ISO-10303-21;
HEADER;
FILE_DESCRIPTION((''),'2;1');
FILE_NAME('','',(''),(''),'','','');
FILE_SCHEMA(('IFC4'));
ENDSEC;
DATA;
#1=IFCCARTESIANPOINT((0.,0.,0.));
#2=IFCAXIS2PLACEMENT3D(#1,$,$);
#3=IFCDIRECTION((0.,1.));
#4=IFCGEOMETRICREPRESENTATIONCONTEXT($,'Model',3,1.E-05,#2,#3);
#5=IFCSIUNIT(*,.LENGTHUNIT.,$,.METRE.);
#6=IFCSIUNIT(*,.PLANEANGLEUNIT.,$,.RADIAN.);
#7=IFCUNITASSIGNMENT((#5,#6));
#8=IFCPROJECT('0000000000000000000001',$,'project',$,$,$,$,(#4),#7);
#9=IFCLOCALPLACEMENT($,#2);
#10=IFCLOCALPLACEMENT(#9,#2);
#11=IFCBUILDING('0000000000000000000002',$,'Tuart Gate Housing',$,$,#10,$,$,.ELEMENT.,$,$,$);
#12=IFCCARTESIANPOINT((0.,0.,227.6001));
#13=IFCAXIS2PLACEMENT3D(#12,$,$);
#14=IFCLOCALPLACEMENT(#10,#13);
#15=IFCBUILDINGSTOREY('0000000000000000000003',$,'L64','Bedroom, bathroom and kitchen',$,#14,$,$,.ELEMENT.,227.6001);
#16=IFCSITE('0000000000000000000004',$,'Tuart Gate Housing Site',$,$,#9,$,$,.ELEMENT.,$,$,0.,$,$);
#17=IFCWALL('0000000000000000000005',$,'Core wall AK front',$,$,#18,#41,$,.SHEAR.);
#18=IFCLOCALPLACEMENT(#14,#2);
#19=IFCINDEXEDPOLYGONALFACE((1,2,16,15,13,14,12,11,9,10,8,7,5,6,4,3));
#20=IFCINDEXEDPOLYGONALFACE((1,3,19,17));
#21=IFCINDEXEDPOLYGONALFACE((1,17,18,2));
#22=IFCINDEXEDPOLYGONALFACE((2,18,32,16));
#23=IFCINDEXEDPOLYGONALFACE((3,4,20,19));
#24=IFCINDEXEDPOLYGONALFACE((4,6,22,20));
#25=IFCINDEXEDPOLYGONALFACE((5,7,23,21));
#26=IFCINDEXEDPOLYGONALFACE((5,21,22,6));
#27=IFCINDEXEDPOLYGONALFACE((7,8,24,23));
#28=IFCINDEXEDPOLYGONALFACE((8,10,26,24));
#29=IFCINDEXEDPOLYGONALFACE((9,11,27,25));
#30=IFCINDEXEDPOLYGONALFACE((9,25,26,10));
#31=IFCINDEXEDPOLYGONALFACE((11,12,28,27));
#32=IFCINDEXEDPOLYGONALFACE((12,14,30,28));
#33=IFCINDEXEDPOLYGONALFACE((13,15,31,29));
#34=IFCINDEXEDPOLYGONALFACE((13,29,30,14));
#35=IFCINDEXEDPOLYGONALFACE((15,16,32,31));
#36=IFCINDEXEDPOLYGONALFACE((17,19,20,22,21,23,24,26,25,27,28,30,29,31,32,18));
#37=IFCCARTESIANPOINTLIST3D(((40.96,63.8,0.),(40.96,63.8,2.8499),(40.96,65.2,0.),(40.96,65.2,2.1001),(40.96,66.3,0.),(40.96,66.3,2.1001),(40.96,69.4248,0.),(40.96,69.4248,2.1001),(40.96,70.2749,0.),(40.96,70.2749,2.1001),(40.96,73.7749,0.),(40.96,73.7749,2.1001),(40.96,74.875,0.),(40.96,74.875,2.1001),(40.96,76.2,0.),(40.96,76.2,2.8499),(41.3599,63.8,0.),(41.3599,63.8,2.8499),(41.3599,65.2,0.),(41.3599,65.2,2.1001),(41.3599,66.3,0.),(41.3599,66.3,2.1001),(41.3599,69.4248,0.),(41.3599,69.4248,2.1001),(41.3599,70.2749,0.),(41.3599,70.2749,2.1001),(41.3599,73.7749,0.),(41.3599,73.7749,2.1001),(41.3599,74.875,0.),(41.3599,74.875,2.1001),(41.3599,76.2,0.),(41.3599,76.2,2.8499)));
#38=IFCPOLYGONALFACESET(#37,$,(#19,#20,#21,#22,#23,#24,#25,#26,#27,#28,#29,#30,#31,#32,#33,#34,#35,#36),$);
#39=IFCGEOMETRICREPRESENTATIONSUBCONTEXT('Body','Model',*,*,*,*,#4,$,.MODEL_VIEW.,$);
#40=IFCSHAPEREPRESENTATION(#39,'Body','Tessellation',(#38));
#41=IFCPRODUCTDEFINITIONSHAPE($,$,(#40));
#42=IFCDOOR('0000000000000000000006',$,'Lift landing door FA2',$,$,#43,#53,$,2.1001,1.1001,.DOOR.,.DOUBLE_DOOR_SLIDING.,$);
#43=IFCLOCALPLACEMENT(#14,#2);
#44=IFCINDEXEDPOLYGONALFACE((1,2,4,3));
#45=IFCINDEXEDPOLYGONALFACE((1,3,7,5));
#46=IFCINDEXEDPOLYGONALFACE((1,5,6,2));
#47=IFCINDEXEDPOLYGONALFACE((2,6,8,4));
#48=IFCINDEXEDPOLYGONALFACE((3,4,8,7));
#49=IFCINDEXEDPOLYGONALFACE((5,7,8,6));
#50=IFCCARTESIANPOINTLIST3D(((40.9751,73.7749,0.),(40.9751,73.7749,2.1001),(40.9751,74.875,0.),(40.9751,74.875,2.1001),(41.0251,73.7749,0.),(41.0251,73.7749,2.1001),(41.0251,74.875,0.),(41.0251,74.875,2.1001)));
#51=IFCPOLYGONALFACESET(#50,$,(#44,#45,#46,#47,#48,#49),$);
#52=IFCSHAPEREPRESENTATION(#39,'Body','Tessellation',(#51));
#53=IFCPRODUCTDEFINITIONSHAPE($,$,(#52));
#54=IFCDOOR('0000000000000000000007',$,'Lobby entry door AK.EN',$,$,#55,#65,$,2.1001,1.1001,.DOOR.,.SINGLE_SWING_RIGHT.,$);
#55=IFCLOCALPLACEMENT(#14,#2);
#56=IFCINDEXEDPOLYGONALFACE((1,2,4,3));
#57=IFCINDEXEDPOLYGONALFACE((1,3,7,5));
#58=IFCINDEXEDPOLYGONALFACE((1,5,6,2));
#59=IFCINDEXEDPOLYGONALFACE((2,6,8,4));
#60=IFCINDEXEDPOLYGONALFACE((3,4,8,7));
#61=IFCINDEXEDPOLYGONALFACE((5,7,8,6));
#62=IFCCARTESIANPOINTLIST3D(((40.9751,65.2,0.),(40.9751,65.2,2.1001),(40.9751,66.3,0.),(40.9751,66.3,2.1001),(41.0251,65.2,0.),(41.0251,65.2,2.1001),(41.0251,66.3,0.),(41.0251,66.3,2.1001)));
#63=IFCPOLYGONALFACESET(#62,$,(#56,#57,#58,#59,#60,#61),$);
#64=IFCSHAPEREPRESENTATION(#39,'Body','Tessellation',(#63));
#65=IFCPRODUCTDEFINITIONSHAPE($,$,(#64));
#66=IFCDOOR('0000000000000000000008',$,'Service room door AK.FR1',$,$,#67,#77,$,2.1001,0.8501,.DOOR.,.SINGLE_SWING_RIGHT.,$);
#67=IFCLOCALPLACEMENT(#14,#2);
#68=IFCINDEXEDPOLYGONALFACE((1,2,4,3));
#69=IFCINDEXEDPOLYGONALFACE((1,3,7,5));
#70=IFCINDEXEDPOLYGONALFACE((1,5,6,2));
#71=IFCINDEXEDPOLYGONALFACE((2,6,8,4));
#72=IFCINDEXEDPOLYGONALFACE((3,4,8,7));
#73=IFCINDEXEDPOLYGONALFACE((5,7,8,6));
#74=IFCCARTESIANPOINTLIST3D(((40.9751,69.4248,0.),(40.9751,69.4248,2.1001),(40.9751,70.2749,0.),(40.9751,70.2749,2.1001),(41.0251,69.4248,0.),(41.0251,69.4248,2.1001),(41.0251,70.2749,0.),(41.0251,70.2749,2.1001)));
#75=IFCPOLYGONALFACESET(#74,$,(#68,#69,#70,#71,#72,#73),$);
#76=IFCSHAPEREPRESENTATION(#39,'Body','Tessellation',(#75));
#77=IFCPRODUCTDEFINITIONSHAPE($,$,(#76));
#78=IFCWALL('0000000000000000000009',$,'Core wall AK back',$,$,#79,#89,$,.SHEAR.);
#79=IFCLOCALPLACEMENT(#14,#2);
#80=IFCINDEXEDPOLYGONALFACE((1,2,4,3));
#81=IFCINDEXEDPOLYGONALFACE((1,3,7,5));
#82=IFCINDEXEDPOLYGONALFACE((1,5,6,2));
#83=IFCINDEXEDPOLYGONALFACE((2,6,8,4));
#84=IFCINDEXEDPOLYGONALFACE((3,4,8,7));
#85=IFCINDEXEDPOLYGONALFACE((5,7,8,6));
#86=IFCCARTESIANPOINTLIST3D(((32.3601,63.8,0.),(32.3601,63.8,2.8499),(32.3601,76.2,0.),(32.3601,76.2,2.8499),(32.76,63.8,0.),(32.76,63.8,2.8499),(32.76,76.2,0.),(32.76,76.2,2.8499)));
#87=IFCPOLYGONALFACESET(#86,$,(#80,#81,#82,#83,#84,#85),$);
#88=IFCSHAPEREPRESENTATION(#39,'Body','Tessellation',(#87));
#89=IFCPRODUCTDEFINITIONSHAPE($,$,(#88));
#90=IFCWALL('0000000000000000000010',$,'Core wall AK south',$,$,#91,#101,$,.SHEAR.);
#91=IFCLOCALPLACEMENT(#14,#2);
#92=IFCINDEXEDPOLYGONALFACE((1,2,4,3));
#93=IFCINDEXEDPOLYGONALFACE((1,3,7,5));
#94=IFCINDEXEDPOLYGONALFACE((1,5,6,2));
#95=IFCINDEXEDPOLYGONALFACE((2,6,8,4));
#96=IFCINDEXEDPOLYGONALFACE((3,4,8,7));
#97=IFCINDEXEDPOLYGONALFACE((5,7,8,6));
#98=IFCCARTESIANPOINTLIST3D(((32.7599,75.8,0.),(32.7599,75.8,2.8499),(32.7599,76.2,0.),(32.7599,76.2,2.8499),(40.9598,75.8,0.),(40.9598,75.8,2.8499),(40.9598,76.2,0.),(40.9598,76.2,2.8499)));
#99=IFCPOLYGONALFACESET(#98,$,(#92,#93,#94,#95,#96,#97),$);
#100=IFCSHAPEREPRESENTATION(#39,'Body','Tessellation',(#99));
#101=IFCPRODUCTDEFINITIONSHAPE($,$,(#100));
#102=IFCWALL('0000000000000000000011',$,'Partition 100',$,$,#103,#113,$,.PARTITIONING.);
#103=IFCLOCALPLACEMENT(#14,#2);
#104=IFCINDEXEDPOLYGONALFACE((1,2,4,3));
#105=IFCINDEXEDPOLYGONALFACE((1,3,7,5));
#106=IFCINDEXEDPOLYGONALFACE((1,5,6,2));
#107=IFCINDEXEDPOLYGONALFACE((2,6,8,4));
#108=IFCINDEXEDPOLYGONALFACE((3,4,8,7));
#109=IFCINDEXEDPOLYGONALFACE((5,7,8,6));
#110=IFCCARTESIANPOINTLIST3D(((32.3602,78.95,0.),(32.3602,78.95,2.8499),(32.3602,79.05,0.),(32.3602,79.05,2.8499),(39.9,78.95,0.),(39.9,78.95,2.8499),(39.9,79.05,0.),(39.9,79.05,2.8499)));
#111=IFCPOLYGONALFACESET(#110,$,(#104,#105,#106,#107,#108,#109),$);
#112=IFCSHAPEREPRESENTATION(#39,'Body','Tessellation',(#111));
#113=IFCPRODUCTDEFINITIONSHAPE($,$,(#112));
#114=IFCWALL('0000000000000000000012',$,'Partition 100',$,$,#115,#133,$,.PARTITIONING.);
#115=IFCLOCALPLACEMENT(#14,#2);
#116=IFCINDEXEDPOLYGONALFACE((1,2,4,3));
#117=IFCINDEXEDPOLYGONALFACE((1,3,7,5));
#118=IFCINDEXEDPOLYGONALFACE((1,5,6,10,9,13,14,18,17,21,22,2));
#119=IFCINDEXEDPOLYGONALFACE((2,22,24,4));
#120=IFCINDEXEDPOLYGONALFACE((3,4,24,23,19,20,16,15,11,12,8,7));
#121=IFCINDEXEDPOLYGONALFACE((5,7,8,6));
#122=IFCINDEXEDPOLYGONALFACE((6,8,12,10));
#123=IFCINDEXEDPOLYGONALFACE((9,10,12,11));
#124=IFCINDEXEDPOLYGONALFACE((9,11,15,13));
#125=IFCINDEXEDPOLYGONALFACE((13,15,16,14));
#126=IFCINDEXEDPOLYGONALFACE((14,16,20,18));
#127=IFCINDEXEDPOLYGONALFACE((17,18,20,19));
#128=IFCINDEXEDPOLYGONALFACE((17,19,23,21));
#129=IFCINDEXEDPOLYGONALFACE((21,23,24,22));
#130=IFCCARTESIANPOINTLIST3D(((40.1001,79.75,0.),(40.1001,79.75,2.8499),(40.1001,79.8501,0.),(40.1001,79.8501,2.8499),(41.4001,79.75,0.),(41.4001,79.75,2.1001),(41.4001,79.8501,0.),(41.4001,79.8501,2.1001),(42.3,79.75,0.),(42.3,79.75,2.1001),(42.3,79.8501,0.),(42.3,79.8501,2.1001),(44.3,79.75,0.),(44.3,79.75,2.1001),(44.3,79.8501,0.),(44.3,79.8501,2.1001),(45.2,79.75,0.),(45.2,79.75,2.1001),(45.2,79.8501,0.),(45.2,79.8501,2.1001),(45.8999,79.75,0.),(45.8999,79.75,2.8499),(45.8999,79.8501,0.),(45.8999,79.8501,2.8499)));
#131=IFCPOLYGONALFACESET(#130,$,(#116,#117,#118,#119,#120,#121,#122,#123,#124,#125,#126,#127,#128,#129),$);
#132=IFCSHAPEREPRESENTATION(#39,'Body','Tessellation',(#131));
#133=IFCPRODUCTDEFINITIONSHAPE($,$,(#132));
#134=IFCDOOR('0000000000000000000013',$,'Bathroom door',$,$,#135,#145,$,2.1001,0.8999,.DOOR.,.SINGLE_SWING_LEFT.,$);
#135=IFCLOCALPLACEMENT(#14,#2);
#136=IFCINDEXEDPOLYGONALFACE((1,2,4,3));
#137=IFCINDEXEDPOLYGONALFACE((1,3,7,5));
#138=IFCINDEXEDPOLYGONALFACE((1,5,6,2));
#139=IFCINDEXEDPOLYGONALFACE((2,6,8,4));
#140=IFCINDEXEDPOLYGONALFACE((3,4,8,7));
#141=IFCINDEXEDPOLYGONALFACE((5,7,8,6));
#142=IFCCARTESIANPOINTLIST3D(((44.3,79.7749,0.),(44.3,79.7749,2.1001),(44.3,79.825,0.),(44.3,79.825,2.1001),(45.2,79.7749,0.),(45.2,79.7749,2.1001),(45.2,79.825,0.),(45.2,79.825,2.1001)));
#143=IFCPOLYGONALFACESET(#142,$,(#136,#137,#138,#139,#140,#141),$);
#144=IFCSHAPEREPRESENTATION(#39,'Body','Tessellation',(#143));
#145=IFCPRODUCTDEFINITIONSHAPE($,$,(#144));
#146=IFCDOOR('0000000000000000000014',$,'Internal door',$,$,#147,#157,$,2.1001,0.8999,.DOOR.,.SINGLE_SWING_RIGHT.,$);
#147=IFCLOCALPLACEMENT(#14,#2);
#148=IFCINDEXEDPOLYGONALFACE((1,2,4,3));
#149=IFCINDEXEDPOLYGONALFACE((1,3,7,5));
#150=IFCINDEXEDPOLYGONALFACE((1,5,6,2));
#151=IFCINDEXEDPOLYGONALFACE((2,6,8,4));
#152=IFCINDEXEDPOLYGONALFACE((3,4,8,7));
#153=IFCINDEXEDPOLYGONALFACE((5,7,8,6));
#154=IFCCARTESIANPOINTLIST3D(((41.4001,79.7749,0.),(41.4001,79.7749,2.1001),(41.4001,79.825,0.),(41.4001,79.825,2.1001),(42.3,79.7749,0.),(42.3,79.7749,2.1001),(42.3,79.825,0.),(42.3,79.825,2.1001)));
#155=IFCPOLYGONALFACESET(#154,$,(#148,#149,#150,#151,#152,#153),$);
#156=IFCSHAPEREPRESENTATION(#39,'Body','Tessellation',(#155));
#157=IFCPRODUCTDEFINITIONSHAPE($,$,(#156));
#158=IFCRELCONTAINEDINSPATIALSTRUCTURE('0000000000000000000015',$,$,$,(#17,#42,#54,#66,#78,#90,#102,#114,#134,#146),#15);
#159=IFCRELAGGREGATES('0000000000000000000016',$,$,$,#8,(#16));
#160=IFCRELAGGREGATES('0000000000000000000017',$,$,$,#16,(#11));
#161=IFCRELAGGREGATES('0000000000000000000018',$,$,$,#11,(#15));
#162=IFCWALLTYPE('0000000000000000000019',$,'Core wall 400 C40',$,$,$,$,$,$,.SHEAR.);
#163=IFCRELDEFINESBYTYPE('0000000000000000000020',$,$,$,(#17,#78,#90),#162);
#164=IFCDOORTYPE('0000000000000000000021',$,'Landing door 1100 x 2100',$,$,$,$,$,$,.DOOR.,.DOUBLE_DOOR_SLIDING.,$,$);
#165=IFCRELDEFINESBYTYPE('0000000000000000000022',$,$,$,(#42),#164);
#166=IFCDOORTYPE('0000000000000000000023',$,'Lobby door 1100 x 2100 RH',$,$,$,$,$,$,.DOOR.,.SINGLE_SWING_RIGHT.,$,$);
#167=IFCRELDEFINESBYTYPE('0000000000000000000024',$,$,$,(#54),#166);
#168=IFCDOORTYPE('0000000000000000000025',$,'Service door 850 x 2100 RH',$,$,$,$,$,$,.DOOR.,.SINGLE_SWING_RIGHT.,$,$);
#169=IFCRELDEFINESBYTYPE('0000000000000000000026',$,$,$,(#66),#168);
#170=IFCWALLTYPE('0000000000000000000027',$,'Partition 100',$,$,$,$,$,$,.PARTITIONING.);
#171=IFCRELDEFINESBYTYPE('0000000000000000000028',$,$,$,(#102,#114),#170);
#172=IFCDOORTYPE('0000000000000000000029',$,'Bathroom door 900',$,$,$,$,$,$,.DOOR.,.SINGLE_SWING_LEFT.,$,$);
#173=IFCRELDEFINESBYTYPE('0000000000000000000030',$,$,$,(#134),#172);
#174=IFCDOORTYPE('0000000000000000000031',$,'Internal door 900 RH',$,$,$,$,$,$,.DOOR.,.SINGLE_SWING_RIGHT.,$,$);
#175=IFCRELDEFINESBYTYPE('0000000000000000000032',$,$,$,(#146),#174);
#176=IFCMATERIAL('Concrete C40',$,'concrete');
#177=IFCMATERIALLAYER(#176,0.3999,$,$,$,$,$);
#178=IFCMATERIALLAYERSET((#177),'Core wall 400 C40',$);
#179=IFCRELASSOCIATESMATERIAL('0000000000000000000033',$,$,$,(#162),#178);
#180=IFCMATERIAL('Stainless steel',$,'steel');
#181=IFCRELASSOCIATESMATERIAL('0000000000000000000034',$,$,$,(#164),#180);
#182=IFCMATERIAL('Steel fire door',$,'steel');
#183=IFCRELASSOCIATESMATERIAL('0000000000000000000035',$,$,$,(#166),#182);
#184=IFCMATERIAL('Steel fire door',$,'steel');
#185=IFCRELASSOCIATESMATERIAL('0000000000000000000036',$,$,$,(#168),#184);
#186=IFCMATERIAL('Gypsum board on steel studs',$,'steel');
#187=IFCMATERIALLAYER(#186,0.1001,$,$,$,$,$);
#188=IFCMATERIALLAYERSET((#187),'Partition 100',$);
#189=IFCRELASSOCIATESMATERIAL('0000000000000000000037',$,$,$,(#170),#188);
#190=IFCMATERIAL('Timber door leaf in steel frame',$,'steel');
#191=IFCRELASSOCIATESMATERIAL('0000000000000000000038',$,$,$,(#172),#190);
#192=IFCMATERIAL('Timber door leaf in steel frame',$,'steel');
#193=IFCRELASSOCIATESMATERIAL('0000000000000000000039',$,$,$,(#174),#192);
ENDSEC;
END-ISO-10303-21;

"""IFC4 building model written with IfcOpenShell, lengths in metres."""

from ifc_helpers import new_model, si_unit, direction, frame, frame_2d, origin, place, context, subcontext, project, spatial, rectangle, extrude, material, layer, layer_set, type_object, element, fill, save


model = new_model("IFC4")

# Units and contexts
model_context = context("Model", 3, precision=1e-05, world=origin(), true_north=direction((0.0, 1.0)))
body_context = subcontext(model_context, "Body", "Model", "MODEL_VIEW")
ifc_project = project(units=[si_unit("LENGTHUNIT", "METRE"), si_unit("PLANEANGLEUNIT", "RADIAN")], contexts=[model_context])

# Site, building, storey
site_placement = place(None, origin())
site = spatial("IfcSite", under=ifc_project, at=site_placement, Name="Tuart Gate Housing Site", CompositionType="ELEMENT", RefElevation=0.0)
building_placement = place(site_placement, origin())
building = spatial("IfcBuilding", under=site, at=building_placement, Name="Tuart Gate Housing", CompositionType="ELEMENT")
storey_placement = place(building_placement, frame((0.0, 0.0, 227.6001)))
storey = spatial("IfcBuildingStorey", under=building, at=storey_placement, Name="L64", Description="Bedroom, bathroom and kitchen", CompositionType="ELEMENT", Elevation=227.6001)

# Wall, openings, doors
ifc_material_1 = material(Name="Concrete C40", Category="concrete")
ifc_layer_1 = layer(ifc_material_1, 0.3999)
ifc_layer_set_1 = layer_set([ifc_layer_1], Name="Core wall 400 C40")
wall_type_1 = type_object("IfcWallType", Name="Core wall 400 C40", PredefinedType="SHEAR", material=ifc_layer_set_1)
wall_1_placement = place(storey_placement, frame((41.1599, 76.2, 0.0), z_axis=(0.0, 0.0, 1.0), x_axis=(0.0, -1.0, 0.0)))
wall_1 = element("IfcWall", 1, at=wall_1_placement, inside=storey, type_object=wall_type_1, Name="Core wall AK front", PredefinedType="SHEAR", context=body_context, shape_type="SweptSolid", body=[
    extrude(rectangle(XDim=12.3999, YDim=0.3999, at=frame_2d((6.2, 0.0))), origin(), (0.0, 0.0, 1.0), 2.8499),
])
opening_1_placement = place(wall_1_placement, frame((1.325, 0.0, 0.0)))
opening_1 = element("IfcOpeningElement", 2, at=opening_1_placement, cuts=wall_1, PredefinedType="OPENING", context=body_context, shape_type="SweptSolid", body=[
    extrude(rectangle(XDim=1.1001, YDim=2.1001, at=frame_2d((0.55, 1.05))), frame((0.0, 0.21, 0.0), z_axis=(0.0, -1.0, 0.0), x_axis=(1.0, 0.0, 0.0)), (0.0, 0.0, 1.0), 0.4199),
])
opening_2_placement = place(wall_1_placement, frame((5.925, 0.0, 0.0)))
opening_2 = element("IfcOpeningElement", 3, at=opening_2_placement, cuts=wall_1, PredefinedType="OPENING", context=body_context, shape_type="SweptSolid", body=[
    extrude(rectangle(XDim=0.8501, YDim=2.1001, at=frame_2d((0.425, 1.05))), frame((0.0, 0.21, 0.0), z_axis=(0.0, -1.0, 0.0), x_axis=(1.0, 0.0, 0.0)), (0.0, 0.0, 1.0), 0.4199),
])
opening_3_placement = place(wall_1_placement, frame((9.8999, 0.0, 0.0)))
opening_3 = element("IfcOpeningElement", 4, at=opening_3_placement, cuts=wall_1, PredefinedType="OPENING", context=body_context, shape_type="SweptSolid", body=[
    extrude(rectangle(XDim=1.1001, YDim=2.1001, at=frame_2d((0.55, 1.05))), frame((0.0, 0.21, 0.0), z_axis=(0.0, -1.0, 0.0), x_axis=(1.0, 0.0, 0.0)), (0.0, 0.0, 1.0), 0.4199),
])
ifc_material_2 = material(Name="Stainless steel", Category="steel")
door_type_1 = type_object("IfcDoorType", Name="Landing door 1100 x 2100", OperationType="DOUBLE_DOOR_SLIDING", PredefinedType="DOOR", material=ifc_material_2)
door_1_placement = place(opening_1_placement, origin())
door_1 = element("IfcDoor", 5, at=door_1_placement, inside=storey, type_object=door_type_1, Name="Lift landing door FA2", OperationType="DOUBLE_DOOR_SLIDING", OverallHeight=2.1001, OverallWidth=1.1001, PredefinedType="DOOR", context=body_context, shape_type="SweptSolid", body=[
    extrude(rectangle(XDim=1.1001, YDim=2.1001, at=frame_2d((0.55, 1.05))), frame((0.0, -0.1348, 0.0), z_axis=(0.0, -1.0, 0.0), x_axis=(1.0, 0.0, 0.0)), (0.0, 0.0, 1.0), 0.05),
])
fill(opening_1, door_1)
ifc_material_3 = material(Name="Steel fire door", Category="steel")
door_type_2 = type_object("IfcDoorType", Name="Lobby door 1100 x 2100 RH", OperationType="SINGLE_SWING_RIGHT", PredefinedType="DOOR", material=ifc_material_3)
door_2_placement = place(opening_3_placement, frame((1.1001, 0.0, 0.0), z_axis=(0.0, 0.0, 1.0), x_axis=(-1.0, 0.0, 0.0)))
door_2 = element("IfcDoor", 6, at=door_2_placement, inside=storey, type_object=door_type_2, Name="Lobby entry door AK.EN", OperationType="SINGLE_SWING_RIGHT", OverallHeight=2.1001, OverallWidth=1.1001, PredefinedType="DOOR", context=body_context, shape_type="SweptSolid", body=[
    extrude(rectangle(XDim=1.1001, YDim=2.1001, at=frame_2d((0.55, 1.05))), frame((0.0, 0.1848, 0.0), z_axis=(0.0, -1.0, 0.0), x_axis=(1.0, 0.0, 0.0)), (0.0, 0.0, 1.0), 0.05),
])
fill(opening_3, door_2)
ifc_material_4 = material(Name="Steel fire door", Category="steel")
door_type_3 = type_object("IfcDoorType", Name="Service door 850 x 2100 RH", OperationType="SINGLE_SWING_RIGHT", PredefinedType="DOOR", material=ifc_material_4)
door_3_placement = place(opening_2_placement, frame((0.8501, 0.0, 0.0), z_axis=(0.0, 0.0, 1.0), x_axis=(-1.0, 0.0, 0.0)))
door_3 = element("IfcDoor", 7, at=door_3_placement, inside=storey, type_object=door_type_3, Name="Service room door AK.FR1", OperationType="SINGLE_SWING_RIGHT", OverallHeight=2.1001, OverallWidth=0.8501, PredefinedType="DOOR", context=body_context, shape_type="SweptSolid", body=[
    extrude(rectangle(XDim=0.8501, YDim=2.1001, at=frame_2d((0.425, 1.05))), frame((0.0, 0.1848, 0.0), z_axis=(0.0, -1.0, 0.0), x_axis=(1.0, 0.0, 0.0)), (0.0, 0.0, 1.0), 0.05),
])
fill(opening_2, door_3)

# Walls
wall_2_placement = place(storey_placement, frame((32.5601, 76.2, 0.0), z_axis=(0.0, 0.0, 1.0), x_axis=(0.0, -1.0, 0.0)))
element("IfcWall", 8, at=wall_2_placement, inside=storey, type_object=wall_type_1, Name="Core wall AK back", PredefinedType="SHEAR", context=body_context, shape_type="SweptSolid", body=[
    extrude(rectangle(XDim=12.3999, YDim=0.3999, at=frame_2d((6.2, 0.0))), origin(), (0.0, 0.0, 1.0), 2.8499),
])
wall_3_placement = place(storey_placement, frame((40.96, 76.0, 0.0), z_axis=(0.0, 0.0, 1.0), x_axis=(-1.0, 0.0, 0.0)))
element("IfcWall", 9, at=wall_3_placement, inside=storey, type_object=wall_type_1, Name="Core wall AK south", PredefinedType="SHEAR", context=body_context, shape_type="SweptSolid", body=[
    extrude(rectangle(XDim=8.2, YDim=0.3999, at=frame_2d((4.1001, 0.0))), origin(), (0.0, 0.0, 1.0), 2.8499),
])
ifc_material_5 = material(Name="Gypsum board on steel studs", Category="steel")
ifc_layer_2 = layer(ifc_material_5, 0.1001)
ifc_layer_set_2 = layer_set([ifc_layer_2], Name="Partition 100")
wall_type_2 = type_object("IfcWallType", Name="Partition 100", PredefinedType="PARTITIONING", material=ifc_layer_set_2)
wall_4_placement = place(storey_placement, frame((32.3601, 79.0, 0.0), z_axis=(0.0, 0.0, 1.0), x_axis=(1.0, 0.0, 0.0)))
element("IfcWall", 10, at=wall_4_placement, inside=storey, type_object=wall_type_2, Name="Partition 100", PredefinedType="PARTITIONING", context=body_context, shape_type="SweptSolid", body=[
    extrude(rectangle(XDim=7.5398, YDim=0.1001, at=frame_2d((3.77, 0.0))), origin(), (0.0, 0.0, 1.0), 2.8499),
])

# Wall, openings, doors
wall_5_placement = place(storey_placement, frame((40.1001, 79.8, 0.0), z_axis=(0.0, 0.0, 1.0), x_axis=(1.0, 0.0, 0.0)))
wall_5 = element("IfcWall", 11, at=wall_5_placement, inside=storey, type_object=wall_type_2, Name="Partition 100", PredefinedType="PARTITIONING", context=body_context, shape_type="SweptSolid", body=[
    extrude(rectangle(XDim=5.7998, YDim=0.1001, at=frame_2d((2.8999, 0.0))), origin(), (0.0, 0.0, 1.0), 2.8499),
])
opening_4_placement = place(wall_5_placement, frame((1.3, 0.0, 0.0)))
opening_4 = element("IfcOpeningElement", 12, at=opening_4_placement, cuts=wall_5, PredefinedType="OPENING", context=body_context, shape_type="SweptSolid", body=[
    extrude(rectangle(XDim=0.8999, YDim=2.1001, at=frame_2d((0.45, 1.05))), frame((0.0, 0.0601, 0.0), z_axis=(0.0, -1.0, 0.0), x_axis=(1.0, 0.0, 0.0)), (0.0, 0.0, 1.0), 0.1201),
])
opening_5_placement = place(wall_5_placement, frame((4.2, 0.0, 0.0)))
opening_5 = element("IfcOpeningElement", 13, at=opening_5_placement, cuts=wall_5, PredefinedType="OPENING", context=body_context, shape_type="SweptSolid", body=[
    extrude(rectangle(XDim=0.8999, YDim=2.1001, at=frame_2d((0.45, 1.05))), frame((0.0, 0.0601, 0.0), z_axis=(0.0, -1.0, 0.0), x_axis=(1.0, 0.0, 0.0)), (0.0, 0.0, 1.0), 0.1201),
])
ifc_material_6 = material(Name="Timber door leaf in steel frame", Category="steel")
door_type_4 = type_object("IfcDoorType", Name="Bathroom door 900", OperationType="SINGLE_SWING_LEFT", PredefinedType="DOOR", material=ifc_material_6)
door_4_placement = place(opening_5_placement, origin())
door_4 = element("IfcDoor", 14, at=door_4_placement, inside=storey, type_object=door_type_4, Name="Bathroom door", OperationType="SINGLE_SWING_LEFT", OverallHeight=2.1001, OverallWidth=0.8999, PredefinedType="DOOR", context=body_context, shape_type="SweptSolid", body=[
    extrude(rectangle(XDim=0.8999, YDim=2.1001, at=frame_2d((0.45, 1.05))), frame((0.0, 0.0249, 0.0), z_axis=(0.0, -1.0, 0.0), x_axis=(1.0, 0.0, 0.0)), (0.0, 0.0, 1.0), 0.05),
])
fill(opening_5, door_4)
ifc_material_7 = material(Name="Timber door leaf in steel frame", Category="steel")
door_type_5 = type_object("IfcDoorType", Name="Internal door 900 RH", OperationType="SINGLE_SWING_RIGHT", PredefinedType="DOOR", material=ifc_material_7)
door_5_placement = place(opening_4_placement, frame((0.8999, 0.0, 0.0), z_axis=(0.0, 0.0, 1.0), x_axis=(-1.0, 0.0, 0.0)))
door_5 = element("IfcDoor", 15, at=door_5_placement, inside=storey, type_object=door_type_5, Name="Internal door", OperationType="SINGLE_SWING_RIGHT", OverallHeight=2.1001, OverallWidth=0.8999, PredefinedType="DOOR", context=body_context, shape_type="SweptSolid", body=[
    extrude(rectangle(XDim=0.8999, YDim=2.1001, at=frame_2d((0.45, 1.05))), frame((0.0, 0.0251, 0.0), z_axis=(0.0, -1.0, 0.0), x_axis=(1.0, 0.0, 0.0)), (0.0, 0.0, 1.0), 0.05),
])
fill(opening_4, door_5)

save(model, "model.ifc")
